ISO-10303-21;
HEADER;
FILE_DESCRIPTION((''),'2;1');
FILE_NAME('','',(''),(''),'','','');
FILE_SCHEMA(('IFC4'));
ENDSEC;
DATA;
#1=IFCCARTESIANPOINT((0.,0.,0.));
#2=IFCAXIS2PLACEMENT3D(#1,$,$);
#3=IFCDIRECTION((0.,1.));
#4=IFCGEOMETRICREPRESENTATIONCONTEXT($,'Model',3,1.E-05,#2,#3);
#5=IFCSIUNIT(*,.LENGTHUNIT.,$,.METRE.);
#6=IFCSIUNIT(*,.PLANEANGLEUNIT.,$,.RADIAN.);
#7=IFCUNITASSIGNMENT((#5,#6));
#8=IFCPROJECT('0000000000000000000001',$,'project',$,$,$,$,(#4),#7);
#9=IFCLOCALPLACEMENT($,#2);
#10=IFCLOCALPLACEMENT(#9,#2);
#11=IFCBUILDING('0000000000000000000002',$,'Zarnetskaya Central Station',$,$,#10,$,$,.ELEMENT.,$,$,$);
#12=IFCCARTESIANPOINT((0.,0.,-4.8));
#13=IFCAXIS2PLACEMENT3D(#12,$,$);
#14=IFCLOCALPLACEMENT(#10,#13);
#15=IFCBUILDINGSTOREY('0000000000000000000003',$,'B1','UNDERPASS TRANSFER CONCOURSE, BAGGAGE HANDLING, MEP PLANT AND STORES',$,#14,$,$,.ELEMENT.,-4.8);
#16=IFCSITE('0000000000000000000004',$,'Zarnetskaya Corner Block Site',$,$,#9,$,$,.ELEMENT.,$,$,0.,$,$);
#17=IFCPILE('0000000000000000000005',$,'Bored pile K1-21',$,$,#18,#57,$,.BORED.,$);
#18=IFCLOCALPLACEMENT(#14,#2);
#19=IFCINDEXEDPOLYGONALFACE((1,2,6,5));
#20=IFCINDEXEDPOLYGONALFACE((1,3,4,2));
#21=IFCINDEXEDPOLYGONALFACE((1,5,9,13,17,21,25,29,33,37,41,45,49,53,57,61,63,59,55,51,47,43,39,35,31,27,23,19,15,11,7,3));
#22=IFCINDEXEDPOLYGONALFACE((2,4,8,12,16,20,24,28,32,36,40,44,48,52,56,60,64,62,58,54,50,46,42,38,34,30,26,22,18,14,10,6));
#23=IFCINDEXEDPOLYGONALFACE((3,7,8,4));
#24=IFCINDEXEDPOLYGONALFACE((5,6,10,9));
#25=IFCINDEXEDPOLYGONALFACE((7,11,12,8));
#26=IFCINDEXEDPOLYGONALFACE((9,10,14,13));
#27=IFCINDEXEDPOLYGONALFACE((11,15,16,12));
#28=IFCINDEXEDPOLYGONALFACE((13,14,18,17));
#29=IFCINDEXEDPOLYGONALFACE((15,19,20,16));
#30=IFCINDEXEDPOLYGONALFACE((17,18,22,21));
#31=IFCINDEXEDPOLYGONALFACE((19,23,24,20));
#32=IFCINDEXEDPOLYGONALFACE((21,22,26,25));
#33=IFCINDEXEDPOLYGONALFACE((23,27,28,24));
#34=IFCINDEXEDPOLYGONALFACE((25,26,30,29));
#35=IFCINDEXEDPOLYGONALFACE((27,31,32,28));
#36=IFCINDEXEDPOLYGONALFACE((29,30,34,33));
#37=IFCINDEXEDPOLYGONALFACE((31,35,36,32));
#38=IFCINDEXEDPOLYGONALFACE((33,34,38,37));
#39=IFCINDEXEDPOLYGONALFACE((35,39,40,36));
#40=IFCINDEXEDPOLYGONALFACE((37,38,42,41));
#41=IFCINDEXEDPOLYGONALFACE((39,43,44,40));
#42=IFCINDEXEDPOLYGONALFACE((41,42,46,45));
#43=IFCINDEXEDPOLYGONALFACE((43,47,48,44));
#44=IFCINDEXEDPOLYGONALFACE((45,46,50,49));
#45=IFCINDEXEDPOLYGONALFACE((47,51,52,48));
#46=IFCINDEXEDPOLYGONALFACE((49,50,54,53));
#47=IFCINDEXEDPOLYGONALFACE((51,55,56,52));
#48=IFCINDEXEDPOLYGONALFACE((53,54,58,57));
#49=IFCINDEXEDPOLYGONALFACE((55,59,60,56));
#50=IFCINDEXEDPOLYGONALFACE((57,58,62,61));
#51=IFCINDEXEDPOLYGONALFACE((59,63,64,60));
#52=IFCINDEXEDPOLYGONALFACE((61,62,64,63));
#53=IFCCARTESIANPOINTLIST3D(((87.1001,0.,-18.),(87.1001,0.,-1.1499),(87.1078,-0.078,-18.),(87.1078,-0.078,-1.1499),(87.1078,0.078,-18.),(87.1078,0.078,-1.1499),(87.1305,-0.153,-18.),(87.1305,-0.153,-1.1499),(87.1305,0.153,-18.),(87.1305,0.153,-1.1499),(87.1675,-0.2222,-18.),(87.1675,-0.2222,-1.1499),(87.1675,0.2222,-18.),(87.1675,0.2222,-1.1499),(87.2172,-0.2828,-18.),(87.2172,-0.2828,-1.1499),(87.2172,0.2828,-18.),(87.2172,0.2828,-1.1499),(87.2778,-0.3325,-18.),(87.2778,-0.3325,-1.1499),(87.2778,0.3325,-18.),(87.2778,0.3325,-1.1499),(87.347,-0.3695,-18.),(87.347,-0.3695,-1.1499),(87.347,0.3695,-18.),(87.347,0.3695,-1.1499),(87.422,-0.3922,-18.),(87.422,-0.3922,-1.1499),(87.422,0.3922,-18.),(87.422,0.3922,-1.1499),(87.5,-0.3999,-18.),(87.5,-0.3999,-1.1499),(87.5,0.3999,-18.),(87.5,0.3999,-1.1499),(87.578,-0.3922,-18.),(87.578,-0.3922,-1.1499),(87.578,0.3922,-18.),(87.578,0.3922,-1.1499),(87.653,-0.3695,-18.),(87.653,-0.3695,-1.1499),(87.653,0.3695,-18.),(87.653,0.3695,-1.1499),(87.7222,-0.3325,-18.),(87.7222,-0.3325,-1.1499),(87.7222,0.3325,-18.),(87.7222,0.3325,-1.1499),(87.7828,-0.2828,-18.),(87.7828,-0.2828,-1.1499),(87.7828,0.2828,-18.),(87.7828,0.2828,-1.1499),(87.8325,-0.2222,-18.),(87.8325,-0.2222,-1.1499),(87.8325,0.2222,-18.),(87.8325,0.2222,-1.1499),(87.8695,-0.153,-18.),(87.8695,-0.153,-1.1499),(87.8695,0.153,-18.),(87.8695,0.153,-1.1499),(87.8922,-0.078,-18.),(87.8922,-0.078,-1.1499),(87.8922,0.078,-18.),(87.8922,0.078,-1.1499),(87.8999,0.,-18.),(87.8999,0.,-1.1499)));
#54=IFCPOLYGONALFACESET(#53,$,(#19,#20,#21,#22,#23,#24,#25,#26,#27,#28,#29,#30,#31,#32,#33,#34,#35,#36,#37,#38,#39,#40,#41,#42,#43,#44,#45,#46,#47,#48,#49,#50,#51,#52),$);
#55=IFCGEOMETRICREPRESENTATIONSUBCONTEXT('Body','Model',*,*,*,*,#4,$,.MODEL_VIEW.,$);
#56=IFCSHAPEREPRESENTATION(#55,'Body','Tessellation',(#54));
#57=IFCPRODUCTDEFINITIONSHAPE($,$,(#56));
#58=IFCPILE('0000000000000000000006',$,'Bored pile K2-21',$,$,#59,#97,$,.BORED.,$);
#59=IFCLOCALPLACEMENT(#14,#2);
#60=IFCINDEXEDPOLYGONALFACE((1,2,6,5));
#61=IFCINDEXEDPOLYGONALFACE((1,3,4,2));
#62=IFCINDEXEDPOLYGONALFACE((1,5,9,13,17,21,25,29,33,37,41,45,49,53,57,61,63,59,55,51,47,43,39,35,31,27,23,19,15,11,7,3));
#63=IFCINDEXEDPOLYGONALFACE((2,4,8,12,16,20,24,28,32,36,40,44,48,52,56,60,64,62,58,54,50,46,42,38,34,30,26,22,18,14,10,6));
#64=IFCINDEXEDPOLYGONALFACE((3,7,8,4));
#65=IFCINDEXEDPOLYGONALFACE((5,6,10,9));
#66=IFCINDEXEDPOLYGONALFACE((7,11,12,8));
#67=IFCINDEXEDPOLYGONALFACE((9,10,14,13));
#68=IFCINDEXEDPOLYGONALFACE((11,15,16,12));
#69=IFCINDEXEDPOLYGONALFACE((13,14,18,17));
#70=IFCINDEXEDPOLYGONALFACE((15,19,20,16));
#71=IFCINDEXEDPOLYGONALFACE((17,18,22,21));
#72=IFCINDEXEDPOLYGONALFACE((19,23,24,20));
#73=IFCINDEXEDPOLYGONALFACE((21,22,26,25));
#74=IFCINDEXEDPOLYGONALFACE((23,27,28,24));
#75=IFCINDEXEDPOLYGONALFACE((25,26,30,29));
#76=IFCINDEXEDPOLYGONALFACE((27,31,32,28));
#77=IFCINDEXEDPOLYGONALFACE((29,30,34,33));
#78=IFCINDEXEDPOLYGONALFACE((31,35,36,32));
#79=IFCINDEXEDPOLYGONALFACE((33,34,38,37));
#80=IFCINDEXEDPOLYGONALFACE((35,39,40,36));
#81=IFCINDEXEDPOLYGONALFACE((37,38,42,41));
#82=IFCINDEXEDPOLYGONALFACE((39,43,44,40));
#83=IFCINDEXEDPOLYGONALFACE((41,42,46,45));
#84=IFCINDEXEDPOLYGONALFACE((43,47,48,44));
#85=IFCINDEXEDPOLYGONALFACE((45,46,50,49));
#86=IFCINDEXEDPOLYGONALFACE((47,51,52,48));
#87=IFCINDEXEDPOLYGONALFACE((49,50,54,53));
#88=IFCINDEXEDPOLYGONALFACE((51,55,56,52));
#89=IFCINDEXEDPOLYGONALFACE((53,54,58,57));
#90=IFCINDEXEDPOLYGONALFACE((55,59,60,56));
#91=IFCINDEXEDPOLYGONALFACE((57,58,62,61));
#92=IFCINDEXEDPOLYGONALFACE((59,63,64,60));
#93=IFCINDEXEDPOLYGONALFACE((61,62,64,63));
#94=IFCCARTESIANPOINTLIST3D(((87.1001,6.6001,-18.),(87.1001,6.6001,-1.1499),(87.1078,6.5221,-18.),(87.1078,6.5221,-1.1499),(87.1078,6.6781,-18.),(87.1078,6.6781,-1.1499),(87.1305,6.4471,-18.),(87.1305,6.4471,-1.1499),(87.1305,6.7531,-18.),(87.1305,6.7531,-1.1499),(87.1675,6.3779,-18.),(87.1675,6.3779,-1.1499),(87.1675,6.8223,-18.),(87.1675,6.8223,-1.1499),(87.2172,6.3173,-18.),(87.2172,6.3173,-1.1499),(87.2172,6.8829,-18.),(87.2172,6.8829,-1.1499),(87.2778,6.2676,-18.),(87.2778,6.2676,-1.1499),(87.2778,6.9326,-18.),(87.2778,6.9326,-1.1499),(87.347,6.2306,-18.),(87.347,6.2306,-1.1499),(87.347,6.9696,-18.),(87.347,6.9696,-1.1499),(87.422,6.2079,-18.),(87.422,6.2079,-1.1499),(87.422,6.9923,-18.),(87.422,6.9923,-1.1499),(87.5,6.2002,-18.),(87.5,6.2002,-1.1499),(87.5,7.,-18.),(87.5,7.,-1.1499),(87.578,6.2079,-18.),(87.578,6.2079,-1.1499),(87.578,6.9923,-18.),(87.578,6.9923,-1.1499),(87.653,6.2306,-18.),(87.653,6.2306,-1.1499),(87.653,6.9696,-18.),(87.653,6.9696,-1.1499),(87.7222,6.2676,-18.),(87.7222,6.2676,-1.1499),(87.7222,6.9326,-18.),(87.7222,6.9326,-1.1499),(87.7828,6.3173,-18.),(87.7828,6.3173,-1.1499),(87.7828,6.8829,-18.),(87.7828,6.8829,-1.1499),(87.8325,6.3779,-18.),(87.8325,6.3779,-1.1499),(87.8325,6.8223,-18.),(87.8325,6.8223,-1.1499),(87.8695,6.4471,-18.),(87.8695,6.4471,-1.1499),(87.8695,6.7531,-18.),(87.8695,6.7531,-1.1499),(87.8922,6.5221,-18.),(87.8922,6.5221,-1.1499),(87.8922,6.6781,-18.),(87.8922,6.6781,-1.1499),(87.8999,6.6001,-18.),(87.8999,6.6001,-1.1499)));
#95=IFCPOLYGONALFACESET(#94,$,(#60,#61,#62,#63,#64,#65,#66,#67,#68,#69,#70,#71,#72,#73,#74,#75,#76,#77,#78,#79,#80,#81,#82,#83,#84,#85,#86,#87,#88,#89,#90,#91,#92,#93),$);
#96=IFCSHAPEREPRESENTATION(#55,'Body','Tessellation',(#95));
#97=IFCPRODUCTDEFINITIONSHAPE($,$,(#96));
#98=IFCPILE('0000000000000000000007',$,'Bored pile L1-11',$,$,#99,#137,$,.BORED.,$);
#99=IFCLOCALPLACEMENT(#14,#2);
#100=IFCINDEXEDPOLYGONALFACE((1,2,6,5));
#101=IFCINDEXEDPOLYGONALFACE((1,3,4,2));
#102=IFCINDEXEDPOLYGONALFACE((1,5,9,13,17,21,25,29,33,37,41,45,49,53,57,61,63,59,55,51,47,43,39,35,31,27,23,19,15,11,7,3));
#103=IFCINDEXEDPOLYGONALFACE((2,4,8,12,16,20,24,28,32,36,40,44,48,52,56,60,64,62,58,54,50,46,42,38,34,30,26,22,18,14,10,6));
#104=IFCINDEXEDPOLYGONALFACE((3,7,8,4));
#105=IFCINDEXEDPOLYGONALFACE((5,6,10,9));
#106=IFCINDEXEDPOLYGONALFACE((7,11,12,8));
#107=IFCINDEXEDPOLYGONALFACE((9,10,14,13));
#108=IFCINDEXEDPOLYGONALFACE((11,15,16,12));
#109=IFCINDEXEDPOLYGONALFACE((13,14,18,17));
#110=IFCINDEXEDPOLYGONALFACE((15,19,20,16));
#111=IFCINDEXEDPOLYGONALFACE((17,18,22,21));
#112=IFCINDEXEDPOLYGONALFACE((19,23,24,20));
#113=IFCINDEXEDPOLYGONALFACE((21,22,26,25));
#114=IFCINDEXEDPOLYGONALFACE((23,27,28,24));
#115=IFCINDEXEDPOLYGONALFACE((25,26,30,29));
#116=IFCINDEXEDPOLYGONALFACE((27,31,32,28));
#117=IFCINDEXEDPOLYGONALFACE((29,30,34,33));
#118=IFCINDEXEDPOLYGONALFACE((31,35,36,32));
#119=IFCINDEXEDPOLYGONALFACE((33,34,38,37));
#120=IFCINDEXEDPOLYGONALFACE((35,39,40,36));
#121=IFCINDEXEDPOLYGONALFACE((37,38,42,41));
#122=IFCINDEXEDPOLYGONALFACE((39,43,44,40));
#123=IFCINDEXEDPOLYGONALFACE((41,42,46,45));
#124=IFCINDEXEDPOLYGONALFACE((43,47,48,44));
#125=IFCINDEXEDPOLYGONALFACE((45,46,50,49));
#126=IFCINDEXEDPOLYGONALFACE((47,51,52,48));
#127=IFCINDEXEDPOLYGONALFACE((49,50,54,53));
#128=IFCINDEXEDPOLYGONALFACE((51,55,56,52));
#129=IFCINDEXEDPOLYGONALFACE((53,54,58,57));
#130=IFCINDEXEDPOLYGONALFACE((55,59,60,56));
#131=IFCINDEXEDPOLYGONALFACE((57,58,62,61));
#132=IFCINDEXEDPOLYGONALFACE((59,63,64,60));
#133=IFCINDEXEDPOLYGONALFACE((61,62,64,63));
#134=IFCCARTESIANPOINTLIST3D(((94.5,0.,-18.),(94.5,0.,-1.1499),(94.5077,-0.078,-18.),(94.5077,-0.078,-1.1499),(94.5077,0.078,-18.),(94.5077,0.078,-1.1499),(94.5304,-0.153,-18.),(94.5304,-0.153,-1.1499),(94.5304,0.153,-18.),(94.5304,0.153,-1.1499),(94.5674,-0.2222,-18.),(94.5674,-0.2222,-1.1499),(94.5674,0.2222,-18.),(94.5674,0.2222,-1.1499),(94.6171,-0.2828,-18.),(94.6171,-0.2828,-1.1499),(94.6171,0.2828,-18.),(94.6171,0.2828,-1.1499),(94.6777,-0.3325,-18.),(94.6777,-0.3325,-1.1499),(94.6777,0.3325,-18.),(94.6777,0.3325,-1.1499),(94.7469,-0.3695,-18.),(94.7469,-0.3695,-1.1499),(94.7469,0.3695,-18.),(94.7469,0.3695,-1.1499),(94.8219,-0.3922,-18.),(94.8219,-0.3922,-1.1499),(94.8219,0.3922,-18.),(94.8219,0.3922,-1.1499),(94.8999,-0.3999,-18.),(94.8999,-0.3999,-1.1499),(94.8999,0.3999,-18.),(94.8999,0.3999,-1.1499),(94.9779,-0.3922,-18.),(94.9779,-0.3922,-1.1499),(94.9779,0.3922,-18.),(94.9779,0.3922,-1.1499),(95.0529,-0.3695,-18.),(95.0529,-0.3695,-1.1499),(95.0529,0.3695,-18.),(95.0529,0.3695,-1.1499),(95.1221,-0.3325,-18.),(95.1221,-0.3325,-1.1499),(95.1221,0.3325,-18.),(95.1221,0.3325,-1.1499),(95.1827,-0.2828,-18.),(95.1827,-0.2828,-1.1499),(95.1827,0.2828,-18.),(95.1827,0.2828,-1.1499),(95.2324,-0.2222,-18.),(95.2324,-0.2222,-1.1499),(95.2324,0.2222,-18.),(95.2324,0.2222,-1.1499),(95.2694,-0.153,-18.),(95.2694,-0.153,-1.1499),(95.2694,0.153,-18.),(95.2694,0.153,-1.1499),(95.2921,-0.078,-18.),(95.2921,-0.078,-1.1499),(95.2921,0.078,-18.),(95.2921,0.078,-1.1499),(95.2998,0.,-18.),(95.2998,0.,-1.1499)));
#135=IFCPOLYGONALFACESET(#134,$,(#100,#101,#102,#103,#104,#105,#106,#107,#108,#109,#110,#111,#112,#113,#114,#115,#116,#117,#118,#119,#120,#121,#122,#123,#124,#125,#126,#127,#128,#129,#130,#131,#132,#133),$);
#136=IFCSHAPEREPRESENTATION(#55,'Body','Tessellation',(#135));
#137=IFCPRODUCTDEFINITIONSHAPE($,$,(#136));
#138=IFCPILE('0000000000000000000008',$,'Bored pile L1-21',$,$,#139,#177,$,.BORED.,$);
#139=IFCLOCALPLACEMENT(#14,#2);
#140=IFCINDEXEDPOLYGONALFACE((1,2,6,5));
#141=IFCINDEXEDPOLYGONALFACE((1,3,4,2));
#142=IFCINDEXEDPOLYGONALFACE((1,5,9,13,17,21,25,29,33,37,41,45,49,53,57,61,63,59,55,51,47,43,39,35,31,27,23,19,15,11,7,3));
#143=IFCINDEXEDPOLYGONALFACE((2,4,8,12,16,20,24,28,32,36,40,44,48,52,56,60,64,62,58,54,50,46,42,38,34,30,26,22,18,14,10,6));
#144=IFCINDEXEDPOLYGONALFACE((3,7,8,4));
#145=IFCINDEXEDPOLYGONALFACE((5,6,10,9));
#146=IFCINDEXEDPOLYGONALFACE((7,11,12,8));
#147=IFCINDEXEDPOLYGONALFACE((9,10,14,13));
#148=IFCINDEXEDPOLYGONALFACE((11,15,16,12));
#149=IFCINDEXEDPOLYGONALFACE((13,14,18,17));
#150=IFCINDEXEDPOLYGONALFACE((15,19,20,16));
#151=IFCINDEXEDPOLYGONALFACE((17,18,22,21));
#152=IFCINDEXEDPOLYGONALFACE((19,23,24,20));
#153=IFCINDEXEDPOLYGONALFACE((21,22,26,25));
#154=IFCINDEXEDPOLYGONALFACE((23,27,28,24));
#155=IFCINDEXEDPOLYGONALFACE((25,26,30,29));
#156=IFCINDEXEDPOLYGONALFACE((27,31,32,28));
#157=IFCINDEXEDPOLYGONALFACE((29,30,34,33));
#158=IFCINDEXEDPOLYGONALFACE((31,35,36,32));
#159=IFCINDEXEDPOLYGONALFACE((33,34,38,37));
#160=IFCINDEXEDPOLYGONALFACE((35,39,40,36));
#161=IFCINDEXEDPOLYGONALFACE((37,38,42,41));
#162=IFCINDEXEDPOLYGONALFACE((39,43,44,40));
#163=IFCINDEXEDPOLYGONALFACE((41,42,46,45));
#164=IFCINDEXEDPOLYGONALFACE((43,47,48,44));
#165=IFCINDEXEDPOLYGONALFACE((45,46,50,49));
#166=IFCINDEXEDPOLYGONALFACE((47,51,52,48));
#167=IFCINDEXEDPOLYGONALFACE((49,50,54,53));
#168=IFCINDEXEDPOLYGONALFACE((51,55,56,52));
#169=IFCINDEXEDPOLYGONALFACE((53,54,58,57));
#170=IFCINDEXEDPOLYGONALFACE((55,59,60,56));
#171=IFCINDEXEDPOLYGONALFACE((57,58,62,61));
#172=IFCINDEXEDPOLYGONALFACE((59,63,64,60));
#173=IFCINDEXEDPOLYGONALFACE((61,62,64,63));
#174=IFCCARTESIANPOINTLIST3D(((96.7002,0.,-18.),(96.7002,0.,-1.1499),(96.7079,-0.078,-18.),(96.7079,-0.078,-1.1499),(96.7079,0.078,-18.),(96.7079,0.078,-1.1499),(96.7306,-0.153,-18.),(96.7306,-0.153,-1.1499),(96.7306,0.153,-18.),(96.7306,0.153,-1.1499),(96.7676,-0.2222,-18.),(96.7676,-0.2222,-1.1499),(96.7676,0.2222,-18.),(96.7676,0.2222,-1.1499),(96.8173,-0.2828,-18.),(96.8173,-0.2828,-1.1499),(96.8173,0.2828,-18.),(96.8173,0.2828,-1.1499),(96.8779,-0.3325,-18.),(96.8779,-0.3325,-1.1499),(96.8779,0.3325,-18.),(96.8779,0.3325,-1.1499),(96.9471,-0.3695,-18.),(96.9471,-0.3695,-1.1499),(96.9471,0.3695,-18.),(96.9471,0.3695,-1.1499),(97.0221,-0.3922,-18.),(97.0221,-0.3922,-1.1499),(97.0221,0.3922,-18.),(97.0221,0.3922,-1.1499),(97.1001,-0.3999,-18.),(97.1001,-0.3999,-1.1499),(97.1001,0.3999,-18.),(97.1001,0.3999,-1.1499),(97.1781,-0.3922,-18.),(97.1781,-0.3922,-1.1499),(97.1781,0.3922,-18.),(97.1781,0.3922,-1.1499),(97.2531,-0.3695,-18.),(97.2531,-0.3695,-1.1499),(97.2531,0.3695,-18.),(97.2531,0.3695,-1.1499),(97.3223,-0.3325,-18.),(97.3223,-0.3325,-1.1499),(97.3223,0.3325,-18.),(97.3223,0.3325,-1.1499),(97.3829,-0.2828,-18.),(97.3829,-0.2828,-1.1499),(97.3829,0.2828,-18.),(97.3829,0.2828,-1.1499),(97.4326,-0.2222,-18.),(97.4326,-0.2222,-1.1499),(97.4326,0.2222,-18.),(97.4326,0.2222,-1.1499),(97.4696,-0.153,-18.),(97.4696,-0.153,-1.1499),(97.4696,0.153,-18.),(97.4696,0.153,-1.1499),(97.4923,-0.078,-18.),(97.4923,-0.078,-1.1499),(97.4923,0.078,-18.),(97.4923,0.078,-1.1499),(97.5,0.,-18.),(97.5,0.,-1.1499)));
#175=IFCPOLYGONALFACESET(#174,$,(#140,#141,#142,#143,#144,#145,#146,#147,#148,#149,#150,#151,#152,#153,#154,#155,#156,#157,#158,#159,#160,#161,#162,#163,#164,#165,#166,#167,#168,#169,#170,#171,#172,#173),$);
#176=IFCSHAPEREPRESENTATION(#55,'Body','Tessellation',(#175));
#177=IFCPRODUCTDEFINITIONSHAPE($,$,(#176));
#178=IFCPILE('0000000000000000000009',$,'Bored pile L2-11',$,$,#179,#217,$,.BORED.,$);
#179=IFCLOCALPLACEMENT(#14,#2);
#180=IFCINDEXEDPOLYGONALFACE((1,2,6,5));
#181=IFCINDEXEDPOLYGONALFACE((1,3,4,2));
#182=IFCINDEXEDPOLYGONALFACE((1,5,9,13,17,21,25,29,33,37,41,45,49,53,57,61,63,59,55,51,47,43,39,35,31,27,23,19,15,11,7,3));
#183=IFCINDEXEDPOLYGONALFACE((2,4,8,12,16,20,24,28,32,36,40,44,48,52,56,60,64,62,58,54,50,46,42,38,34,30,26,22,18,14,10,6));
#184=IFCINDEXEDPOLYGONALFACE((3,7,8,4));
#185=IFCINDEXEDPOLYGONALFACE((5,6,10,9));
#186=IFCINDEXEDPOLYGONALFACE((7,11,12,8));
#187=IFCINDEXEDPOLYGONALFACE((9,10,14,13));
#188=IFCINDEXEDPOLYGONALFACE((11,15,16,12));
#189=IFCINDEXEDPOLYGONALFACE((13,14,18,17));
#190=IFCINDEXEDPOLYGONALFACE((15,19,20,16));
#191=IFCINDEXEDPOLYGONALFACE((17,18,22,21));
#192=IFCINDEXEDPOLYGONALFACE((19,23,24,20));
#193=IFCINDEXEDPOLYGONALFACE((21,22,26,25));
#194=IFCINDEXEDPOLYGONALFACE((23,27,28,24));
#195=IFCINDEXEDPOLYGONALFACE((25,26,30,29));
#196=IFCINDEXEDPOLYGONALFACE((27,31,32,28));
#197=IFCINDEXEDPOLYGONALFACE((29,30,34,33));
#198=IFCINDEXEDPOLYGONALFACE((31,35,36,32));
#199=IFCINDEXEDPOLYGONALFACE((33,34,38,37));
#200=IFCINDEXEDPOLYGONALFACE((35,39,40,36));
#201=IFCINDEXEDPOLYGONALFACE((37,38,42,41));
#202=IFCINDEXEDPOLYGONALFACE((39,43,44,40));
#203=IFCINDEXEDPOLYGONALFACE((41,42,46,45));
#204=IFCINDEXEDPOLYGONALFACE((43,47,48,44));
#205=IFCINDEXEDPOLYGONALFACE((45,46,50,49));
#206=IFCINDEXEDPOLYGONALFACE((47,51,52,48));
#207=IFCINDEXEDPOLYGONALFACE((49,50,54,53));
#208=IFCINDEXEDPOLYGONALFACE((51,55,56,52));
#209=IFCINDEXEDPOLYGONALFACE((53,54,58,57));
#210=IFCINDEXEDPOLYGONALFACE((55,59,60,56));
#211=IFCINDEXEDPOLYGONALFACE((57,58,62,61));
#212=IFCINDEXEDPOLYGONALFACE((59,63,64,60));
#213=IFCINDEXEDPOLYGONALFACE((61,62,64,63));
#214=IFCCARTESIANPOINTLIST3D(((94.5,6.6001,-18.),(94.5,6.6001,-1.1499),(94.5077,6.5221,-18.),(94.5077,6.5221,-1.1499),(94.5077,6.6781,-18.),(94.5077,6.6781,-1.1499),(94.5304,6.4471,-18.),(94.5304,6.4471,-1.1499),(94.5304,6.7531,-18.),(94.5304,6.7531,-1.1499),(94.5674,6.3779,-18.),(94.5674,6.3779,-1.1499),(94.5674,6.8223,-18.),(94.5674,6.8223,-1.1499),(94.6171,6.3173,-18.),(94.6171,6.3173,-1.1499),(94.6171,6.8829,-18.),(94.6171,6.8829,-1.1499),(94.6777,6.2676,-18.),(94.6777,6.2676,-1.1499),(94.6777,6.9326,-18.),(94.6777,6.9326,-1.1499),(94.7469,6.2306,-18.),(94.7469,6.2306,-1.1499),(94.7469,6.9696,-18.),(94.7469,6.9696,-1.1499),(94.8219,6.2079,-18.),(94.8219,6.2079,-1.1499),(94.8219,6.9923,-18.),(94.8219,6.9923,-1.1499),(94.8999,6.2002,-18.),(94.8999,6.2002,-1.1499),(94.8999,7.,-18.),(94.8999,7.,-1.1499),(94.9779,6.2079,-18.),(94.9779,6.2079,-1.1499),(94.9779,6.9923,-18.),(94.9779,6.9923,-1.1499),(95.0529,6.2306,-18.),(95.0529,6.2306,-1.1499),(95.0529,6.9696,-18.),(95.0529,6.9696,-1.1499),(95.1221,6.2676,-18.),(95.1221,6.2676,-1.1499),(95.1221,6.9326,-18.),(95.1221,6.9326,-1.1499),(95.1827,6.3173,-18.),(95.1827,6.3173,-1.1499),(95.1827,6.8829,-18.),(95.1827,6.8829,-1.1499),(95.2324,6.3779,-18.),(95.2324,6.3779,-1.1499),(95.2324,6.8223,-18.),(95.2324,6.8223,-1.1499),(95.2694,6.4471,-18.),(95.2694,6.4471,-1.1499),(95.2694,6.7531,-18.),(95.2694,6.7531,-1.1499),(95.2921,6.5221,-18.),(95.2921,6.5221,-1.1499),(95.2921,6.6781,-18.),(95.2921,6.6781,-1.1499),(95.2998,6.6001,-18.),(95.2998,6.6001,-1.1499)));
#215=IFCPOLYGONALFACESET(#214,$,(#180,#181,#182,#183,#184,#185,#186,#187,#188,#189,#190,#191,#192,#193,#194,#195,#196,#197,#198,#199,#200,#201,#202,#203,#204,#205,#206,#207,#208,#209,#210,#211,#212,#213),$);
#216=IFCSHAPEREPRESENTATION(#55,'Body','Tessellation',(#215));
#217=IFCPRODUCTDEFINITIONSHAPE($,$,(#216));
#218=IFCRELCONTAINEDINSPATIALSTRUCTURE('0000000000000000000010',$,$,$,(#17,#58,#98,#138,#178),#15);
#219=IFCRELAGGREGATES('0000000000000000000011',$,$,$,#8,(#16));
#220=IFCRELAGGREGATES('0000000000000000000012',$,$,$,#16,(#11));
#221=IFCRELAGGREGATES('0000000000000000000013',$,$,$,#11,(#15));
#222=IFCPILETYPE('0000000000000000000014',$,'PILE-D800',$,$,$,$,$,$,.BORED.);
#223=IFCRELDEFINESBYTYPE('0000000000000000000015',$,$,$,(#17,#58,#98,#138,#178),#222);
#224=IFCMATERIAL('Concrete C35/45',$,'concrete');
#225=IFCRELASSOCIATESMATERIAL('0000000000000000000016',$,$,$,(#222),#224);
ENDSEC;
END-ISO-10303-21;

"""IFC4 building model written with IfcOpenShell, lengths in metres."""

from ifc_helpers import new_model, si_unit, direction, frame, origin, origin_2d, place, context, subcontext, project, spatial, circle, extrude, material, material_profile, profile_set, type_object, element, save


model = new_model("IFC4")

# Units and contexts
model_context = context("Model", 3, precision=1e-05, world=origin(), true_north=direction((0.0, 1.0)))
body_context = subcontext(model_context, "Body", "Model", "MODEL_VIEW")
ifc_project = project(units=[si_unit("LENGTHUNIT", "METRE"), si_unit("PLANEANGLEUNIT", "RADIAN")], contexts=[model_context])

# Site, building, storey
site_placement = place(None, origin())
site = spatial("IfcSite", under=ifc_project, at=site_placement, Name="Zarnetskaya Corner Block Site", CompositionType="ELEMENT", RefElevation=0.0)
building_placement = place(site_placement, origin())
building = spatial("IfcBuilding", under=site, at=building_placement, Name="Zarnetskaya Central Station", CompositionType="ELEMENT")
storey_placement = place(building_placement, frame((0.0, 0.0, -4.8)))
storey = spatial("IfcBuildingStorey", under=building, at=storey_placement, Name="B1", Description="UNDERPASS TRANSFER CONCOURSE, BAGGAGE HANDLING, MEP PLANT AND STORES", CompositionType="ELEMENT", Elevation=-4.8)

# Shared definitions
ifc_material_1 = material(Name="Concrete C35/45", Category="concrete")

# Piles
ifc_material_profile_1 = material_profile(ifc_material_1, circle(Radius=0.3999, at=origin_2d()), Name="BORED PILE D800")
ifc_profile_set_1 = profile_set([ifc_material_profile_1], Name="Concrete C35/45")
pile_type_1 = type_object("IfcPileType", Name="PILE-D800", PredefinedType="BORED", material=ifc_profile_set_1)
for number, where, z_axis, x_axis, name in (
    (1, (87.5, 0.0, -1.1499), (0.0, 0.0, -1.0), (1.0, 0.0, 0.0), "Bored pile K1-21"),
    (2, (87.5, 6.6001, -1.1499), (0.0, 0.0, -1.0), (1.0, 0.0, 0.0), "Bored pile K2-21"),
    (3, (94.8999, 0.0, -1.1499), (0.0, 0.0, -1.0), (1.0, 0.0, 0.0), "Bored pile L1-11"),
    (4, (97.1001, 0.0, -1.1499), (0.0, 0.0, -1.0), (1.0, 0.0, 0.0), "Bored pile L1-21"),
    (5, (94.8999, 6.6001, -1.1499), (0.0, 0.0, -1.0), (1.0, 0.0, 0.0), "Bored pile L2-11"),
):
    element("IfcPile", number, at=place(storey_placement, frame(where, z_axis=z_axis, x_axis=x_axis)), inside=storey, type_object=pile_type_1, Name=name, PredefinedType="BORED", context=body_context, shape_type="SweptSolid", body=[
        extrude(circle(Radius=0.3999, at=origin_2d()), origin(), (0.0, 0.0, 1.0), 16.8501),
    ])

save(model, "model.ifc")
